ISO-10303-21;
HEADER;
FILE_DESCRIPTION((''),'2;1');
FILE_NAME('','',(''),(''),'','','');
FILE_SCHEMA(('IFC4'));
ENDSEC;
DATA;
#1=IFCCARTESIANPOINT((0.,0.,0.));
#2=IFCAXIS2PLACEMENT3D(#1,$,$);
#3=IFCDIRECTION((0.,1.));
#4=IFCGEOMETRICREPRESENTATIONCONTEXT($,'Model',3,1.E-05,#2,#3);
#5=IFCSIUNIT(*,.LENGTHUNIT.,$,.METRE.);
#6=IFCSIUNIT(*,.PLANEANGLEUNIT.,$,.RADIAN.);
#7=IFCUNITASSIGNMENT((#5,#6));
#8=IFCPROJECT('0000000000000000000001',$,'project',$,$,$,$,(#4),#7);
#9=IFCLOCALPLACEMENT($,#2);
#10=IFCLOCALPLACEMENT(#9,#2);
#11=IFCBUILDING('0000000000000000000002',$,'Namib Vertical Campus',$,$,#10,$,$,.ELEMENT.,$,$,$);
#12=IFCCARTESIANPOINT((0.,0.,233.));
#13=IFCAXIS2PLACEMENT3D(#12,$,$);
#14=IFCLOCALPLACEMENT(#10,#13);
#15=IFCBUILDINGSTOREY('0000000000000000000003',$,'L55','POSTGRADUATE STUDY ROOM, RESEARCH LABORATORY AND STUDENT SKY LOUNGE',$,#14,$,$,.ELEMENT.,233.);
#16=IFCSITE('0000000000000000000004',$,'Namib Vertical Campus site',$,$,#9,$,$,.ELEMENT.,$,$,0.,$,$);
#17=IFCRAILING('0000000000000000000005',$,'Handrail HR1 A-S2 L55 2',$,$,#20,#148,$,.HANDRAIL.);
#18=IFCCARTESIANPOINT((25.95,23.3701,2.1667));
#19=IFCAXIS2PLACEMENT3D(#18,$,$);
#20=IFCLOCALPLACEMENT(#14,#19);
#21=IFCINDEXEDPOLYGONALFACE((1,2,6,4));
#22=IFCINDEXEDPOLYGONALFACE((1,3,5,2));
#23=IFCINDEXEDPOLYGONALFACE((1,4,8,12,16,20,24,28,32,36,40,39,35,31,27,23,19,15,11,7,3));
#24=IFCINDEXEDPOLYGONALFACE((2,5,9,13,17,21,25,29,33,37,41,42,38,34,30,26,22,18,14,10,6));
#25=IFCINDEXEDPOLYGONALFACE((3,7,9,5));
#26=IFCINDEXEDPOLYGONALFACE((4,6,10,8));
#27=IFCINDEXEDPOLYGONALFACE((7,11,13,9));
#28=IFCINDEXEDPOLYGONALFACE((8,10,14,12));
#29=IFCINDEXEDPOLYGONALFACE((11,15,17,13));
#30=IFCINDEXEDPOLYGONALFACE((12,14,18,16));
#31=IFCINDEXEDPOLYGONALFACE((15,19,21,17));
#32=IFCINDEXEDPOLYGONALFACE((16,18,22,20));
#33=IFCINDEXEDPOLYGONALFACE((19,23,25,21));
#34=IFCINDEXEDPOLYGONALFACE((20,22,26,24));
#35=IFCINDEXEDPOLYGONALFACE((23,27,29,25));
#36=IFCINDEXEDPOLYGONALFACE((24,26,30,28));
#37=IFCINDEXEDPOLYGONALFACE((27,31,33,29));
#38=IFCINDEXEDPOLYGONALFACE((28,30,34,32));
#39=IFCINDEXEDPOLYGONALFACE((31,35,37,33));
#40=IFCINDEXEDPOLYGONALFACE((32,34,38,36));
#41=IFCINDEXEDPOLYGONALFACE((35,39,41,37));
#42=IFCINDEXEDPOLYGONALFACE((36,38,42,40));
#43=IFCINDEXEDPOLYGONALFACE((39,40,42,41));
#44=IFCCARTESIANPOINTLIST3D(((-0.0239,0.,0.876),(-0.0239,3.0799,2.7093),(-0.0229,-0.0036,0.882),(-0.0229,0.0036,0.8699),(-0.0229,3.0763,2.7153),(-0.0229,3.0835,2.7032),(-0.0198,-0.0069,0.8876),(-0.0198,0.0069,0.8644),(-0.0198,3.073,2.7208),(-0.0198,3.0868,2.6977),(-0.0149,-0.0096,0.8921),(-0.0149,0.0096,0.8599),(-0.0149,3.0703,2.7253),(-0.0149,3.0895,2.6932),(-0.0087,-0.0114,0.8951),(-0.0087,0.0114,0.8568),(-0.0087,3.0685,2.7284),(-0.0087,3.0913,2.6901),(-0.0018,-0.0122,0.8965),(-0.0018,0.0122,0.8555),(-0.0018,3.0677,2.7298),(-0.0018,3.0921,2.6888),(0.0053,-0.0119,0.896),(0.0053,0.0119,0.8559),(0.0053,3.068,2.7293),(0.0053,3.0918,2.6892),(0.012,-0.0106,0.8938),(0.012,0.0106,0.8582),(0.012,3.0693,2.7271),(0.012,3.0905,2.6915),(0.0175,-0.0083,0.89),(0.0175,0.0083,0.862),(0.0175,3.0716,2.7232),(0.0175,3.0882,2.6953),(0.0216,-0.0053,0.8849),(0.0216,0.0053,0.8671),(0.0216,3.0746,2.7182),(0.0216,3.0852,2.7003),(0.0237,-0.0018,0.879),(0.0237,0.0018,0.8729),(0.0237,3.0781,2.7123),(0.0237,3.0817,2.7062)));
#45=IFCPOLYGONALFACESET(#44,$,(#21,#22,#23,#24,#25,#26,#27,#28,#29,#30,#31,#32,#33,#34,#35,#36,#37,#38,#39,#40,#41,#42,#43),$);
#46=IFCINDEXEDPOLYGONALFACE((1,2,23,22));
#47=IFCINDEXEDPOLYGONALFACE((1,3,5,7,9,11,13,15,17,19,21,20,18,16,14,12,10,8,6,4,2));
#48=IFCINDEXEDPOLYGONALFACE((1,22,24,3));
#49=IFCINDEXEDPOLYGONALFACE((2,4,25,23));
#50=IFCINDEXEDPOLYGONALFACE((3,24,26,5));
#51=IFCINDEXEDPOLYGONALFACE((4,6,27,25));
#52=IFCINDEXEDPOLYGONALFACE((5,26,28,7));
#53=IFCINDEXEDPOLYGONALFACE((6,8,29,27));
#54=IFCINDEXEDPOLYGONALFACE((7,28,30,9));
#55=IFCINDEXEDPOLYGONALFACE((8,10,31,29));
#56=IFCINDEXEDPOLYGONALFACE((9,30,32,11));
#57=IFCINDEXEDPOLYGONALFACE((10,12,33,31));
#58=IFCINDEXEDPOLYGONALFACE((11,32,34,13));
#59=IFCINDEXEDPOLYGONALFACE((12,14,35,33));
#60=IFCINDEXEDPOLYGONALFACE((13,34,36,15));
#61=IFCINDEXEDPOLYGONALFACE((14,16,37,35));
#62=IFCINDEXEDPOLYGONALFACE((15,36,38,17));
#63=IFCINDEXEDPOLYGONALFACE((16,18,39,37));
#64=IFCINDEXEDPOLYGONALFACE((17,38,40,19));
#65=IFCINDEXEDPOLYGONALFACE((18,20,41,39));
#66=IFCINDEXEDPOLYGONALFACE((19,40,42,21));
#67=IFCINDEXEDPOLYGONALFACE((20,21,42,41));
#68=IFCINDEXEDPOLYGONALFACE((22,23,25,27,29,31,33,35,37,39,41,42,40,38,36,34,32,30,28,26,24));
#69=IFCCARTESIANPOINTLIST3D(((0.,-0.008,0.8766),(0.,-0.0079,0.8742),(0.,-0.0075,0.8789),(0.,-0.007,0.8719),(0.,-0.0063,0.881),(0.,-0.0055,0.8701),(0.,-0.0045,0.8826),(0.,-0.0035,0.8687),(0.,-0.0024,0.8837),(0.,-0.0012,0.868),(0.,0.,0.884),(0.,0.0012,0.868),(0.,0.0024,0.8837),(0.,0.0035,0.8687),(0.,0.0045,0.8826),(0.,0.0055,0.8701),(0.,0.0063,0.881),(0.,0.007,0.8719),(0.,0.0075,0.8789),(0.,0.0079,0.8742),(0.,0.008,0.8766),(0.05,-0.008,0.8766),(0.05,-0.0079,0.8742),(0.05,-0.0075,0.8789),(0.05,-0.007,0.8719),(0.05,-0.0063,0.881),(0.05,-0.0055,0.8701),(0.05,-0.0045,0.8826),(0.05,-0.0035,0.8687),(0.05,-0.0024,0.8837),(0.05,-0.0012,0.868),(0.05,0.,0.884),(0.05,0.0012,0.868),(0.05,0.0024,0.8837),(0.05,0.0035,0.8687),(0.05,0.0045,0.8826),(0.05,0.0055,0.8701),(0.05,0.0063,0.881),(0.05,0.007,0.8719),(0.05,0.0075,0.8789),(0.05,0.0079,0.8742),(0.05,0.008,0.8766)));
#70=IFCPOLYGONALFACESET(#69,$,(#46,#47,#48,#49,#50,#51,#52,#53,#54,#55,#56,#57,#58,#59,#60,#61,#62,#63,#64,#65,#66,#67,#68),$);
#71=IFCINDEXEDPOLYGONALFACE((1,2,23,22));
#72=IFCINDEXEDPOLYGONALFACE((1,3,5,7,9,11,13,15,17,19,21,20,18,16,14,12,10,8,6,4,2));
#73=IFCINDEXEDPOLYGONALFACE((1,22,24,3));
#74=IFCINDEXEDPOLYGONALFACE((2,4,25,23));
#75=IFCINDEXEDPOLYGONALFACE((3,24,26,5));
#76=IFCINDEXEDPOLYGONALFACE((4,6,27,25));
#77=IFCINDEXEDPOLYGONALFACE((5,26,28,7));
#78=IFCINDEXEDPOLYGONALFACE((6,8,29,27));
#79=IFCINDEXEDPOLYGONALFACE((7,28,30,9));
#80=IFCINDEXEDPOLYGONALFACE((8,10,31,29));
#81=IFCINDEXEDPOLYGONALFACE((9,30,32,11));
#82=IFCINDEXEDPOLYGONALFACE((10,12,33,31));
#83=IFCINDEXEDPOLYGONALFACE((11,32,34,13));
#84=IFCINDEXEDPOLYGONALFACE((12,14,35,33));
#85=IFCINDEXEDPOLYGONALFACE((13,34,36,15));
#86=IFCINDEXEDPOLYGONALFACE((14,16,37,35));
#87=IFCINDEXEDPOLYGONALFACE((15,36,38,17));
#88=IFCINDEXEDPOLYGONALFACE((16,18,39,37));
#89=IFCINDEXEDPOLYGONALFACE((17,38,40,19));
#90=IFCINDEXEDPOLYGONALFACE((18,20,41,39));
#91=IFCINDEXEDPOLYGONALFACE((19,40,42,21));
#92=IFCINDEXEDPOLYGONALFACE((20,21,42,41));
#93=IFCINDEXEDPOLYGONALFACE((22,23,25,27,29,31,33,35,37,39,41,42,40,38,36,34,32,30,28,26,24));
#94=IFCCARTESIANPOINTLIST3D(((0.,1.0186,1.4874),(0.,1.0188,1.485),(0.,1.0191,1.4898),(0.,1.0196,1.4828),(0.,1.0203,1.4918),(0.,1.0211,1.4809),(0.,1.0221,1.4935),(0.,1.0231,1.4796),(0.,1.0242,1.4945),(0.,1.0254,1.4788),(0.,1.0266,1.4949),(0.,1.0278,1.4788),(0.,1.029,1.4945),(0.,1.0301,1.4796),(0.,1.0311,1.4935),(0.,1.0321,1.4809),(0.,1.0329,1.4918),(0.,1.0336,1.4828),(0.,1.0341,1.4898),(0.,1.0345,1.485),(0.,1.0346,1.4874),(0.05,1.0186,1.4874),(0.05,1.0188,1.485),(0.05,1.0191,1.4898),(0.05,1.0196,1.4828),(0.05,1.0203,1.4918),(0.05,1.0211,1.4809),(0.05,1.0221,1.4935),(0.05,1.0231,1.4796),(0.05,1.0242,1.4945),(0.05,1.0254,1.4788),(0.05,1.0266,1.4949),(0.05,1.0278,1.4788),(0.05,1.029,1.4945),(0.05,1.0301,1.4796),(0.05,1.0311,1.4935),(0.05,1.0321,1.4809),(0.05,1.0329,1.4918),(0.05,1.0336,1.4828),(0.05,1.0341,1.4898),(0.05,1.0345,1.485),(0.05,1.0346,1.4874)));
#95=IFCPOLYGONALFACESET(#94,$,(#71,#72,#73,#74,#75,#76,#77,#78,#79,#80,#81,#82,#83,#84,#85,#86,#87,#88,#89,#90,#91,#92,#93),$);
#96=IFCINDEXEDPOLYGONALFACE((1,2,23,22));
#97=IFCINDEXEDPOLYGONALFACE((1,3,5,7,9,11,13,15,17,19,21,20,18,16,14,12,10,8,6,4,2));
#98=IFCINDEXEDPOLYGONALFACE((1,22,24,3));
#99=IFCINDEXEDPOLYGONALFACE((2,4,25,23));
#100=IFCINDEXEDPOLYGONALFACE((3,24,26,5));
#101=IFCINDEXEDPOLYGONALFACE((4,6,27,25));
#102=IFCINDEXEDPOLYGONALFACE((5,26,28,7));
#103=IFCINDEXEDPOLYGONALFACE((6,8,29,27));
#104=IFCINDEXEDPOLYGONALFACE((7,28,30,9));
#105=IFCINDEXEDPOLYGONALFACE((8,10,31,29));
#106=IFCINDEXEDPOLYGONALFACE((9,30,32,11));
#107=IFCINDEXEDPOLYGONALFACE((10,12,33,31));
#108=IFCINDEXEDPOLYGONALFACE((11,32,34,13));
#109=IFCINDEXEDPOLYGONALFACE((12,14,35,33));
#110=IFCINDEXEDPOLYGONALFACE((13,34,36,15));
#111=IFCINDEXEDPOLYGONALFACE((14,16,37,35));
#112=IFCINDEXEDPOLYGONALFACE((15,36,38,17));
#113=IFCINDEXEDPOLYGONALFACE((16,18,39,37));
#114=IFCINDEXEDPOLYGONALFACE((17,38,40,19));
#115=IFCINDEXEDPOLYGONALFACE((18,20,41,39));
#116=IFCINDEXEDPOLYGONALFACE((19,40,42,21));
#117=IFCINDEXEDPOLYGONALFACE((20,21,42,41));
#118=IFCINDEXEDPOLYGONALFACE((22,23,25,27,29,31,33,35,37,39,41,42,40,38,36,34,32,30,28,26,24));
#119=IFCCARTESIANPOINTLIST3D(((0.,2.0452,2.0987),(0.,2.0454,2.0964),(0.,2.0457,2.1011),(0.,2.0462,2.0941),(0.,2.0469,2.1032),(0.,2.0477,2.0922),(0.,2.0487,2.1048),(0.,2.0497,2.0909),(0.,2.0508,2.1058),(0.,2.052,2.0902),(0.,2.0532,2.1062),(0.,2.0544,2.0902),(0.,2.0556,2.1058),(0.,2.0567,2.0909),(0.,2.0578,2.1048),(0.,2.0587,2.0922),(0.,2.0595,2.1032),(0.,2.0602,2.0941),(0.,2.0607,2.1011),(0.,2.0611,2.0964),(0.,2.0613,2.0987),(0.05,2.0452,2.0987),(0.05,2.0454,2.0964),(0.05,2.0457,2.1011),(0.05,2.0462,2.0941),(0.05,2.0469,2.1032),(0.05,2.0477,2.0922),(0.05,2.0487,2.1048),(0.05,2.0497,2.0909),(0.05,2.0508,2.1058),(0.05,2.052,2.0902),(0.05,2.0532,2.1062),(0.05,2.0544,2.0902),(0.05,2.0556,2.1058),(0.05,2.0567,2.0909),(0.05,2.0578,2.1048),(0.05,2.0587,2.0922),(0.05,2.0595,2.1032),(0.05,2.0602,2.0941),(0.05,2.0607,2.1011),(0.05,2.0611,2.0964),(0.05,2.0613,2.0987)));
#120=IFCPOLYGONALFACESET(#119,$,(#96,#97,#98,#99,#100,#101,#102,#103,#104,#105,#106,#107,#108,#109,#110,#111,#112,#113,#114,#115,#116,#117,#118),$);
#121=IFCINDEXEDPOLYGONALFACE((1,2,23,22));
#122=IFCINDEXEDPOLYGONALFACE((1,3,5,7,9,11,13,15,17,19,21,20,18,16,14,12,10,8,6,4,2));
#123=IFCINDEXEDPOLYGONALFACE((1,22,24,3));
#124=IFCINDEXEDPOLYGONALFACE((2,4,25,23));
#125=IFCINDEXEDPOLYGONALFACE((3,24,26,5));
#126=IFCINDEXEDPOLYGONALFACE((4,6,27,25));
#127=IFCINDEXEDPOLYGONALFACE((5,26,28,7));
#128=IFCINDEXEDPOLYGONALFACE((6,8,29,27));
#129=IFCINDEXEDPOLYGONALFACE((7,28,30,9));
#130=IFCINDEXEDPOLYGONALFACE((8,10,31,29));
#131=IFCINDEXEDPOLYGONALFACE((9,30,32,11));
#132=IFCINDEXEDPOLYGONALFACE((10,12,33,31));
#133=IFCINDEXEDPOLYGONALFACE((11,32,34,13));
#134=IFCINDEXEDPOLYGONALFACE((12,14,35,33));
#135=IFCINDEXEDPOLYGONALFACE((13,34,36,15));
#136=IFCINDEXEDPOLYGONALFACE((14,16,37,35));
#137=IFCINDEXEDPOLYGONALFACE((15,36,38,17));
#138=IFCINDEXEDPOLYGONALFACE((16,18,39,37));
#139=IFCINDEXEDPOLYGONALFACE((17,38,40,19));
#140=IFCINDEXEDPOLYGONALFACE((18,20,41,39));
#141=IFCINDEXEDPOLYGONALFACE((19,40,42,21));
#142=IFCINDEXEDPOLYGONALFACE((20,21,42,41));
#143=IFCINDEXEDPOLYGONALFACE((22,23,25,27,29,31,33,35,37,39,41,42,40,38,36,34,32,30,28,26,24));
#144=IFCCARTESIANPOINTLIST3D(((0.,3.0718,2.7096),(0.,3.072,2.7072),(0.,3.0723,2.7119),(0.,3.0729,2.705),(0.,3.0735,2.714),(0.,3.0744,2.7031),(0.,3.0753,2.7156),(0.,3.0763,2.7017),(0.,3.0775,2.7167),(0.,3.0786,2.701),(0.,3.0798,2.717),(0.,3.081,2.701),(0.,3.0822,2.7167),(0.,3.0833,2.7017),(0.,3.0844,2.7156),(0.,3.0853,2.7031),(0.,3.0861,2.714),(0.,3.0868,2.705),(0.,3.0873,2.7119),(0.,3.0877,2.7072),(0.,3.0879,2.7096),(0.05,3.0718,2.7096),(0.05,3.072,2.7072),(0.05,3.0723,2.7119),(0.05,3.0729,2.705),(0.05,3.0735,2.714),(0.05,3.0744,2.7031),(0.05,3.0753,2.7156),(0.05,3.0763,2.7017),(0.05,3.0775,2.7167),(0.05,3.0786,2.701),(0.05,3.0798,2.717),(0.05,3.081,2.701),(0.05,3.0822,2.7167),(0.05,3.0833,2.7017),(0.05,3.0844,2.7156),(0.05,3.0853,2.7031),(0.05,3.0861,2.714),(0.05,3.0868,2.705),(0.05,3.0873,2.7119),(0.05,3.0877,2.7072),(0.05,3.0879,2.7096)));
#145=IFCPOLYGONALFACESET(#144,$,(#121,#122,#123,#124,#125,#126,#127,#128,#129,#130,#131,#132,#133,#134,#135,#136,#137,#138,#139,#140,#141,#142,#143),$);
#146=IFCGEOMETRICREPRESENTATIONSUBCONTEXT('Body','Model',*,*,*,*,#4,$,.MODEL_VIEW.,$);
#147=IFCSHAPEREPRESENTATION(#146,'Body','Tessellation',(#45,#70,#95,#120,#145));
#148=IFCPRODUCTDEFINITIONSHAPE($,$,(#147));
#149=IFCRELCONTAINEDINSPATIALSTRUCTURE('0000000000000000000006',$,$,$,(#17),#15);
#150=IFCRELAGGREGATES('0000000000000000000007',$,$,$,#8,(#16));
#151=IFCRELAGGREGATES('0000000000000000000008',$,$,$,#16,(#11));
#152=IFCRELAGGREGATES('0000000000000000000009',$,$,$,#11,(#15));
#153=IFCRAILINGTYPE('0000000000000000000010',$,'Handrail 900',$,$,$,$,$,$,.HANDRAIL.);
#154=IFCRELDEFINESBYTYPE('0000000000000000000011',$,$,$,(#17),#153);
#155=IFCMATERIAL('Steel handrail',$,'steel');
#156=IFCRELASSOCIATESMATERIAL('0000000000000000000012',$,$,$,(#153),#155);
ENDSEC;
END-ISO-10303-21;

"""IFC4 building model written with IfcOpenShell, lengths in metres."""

from ifc_helpers import new_model, si_unit, direction, frame, origin, origin_2d, place, context, subcontext, project, spatial, circle, extrude, material, type_object, element, save


model = new_model("IFC4")

# Units and contexts
model_context = context("Model", 3, precision=1e-05, world=origin(), true_north=direction((0.0, 1.0)))
body_context = subcontext(model_context, "Body", "Model", "MODEL_VIEW")
ifc_project = project(units=[si_unit("LENGTHUNIT", "METRE"), si_unit("PLANEANGLEUNIT", "RADIAN")], contexts=[model_context])

# Site, building, storey
site_placement = place(None, origin())
site = spatial("IfcSite", under=ifc_project, at=site_placement, Name="Namib Vertical Campus site", CompositionType="ELEMENT", RefElevation=0.0)
building_placement = place(site_placement, origin())
building = spatial("IfcBuilding", under=site, at=building_placement, Name="Namib Vertical Campus", CompositionType="ELEMENT")
storey_placement = place(building_placement, frame((0.0, 0.0, 233.0)))
storey = spatial("IfcBuildingStorey", under=building, at=storey_placement, Name="L55", Description="POSTGRADUATE STUDY ROOM, RESEARCH LABORATORY AND STUDENT SKY LOUNGE", CompositionType="ELEMENT", Elevation=233.0)

# Railing
ifc_material_1 = material(Name="Steel handrail", Category="steel")
railing_type_1 = type_object("IfcRailingType", Name="Handrail 900", PredefinedType="HANDRAIL", material=ifc_material_1)
railing_1_placement = place(storey_placement, frame((25.95, 23.3701, 2.1667)))
element("IfcRailing", 1, at=railing_1_placement, inside=storey, type_object=railing_type_1, Name="Handrail HR1 A-S2 L55 2", PredefinedType="HANDRAIL", context=body_context, shape_type="SweptSolid", body=[
    extrude(circle(Radius=0.0239, at=origin_2d()), frame((0.0, 0.0, 0.876), z_axis=(0.0, 0.859291, 0.511487), x_axis=(-1.0, 0.0, 0.0)), (0.0, 0.0, 1.0), 3.5842),
    extrude(circle(Radius=0.0081, at=origin_2d()), frame((0.0, 0.0, 0.876), z_axis=(1.0, 0.0, 0.0), x_axis=(0.0, 0.0, 1.0)), (0.0, 0.0, 1.0), 0.05),
    extrude(circle(Radius=0.0081, at=origin_2d()), frame((0.0, 1.0266, 1.4868), z_axis=(1.0, 0.0, 0.0), x_axis=(0.0, 0.0, 1.0)), (0.0, 0.0, 1.0), 0.05),
    extrude(circle(Radius=0.0081, at=origin_2d()), frame((0.0, 2.0532, 2.0981), z_axis=(1.0, 0.0, 0.0), x_axis=(0.0, 0.0, 1.0)), (0.0, 0.0, 1.0), 0.05),
    extrude(circle(Radius=0.0081, at=origin_2d()), frame((0.0, 3.0798, 2.709), z_axis=(1.0, 0.0, 0.0), x_axis=(0.0, 0.0, 1.0)), (0.0, 0.0, 1.0), 0.05),
])

save(model, "model.ifc")
